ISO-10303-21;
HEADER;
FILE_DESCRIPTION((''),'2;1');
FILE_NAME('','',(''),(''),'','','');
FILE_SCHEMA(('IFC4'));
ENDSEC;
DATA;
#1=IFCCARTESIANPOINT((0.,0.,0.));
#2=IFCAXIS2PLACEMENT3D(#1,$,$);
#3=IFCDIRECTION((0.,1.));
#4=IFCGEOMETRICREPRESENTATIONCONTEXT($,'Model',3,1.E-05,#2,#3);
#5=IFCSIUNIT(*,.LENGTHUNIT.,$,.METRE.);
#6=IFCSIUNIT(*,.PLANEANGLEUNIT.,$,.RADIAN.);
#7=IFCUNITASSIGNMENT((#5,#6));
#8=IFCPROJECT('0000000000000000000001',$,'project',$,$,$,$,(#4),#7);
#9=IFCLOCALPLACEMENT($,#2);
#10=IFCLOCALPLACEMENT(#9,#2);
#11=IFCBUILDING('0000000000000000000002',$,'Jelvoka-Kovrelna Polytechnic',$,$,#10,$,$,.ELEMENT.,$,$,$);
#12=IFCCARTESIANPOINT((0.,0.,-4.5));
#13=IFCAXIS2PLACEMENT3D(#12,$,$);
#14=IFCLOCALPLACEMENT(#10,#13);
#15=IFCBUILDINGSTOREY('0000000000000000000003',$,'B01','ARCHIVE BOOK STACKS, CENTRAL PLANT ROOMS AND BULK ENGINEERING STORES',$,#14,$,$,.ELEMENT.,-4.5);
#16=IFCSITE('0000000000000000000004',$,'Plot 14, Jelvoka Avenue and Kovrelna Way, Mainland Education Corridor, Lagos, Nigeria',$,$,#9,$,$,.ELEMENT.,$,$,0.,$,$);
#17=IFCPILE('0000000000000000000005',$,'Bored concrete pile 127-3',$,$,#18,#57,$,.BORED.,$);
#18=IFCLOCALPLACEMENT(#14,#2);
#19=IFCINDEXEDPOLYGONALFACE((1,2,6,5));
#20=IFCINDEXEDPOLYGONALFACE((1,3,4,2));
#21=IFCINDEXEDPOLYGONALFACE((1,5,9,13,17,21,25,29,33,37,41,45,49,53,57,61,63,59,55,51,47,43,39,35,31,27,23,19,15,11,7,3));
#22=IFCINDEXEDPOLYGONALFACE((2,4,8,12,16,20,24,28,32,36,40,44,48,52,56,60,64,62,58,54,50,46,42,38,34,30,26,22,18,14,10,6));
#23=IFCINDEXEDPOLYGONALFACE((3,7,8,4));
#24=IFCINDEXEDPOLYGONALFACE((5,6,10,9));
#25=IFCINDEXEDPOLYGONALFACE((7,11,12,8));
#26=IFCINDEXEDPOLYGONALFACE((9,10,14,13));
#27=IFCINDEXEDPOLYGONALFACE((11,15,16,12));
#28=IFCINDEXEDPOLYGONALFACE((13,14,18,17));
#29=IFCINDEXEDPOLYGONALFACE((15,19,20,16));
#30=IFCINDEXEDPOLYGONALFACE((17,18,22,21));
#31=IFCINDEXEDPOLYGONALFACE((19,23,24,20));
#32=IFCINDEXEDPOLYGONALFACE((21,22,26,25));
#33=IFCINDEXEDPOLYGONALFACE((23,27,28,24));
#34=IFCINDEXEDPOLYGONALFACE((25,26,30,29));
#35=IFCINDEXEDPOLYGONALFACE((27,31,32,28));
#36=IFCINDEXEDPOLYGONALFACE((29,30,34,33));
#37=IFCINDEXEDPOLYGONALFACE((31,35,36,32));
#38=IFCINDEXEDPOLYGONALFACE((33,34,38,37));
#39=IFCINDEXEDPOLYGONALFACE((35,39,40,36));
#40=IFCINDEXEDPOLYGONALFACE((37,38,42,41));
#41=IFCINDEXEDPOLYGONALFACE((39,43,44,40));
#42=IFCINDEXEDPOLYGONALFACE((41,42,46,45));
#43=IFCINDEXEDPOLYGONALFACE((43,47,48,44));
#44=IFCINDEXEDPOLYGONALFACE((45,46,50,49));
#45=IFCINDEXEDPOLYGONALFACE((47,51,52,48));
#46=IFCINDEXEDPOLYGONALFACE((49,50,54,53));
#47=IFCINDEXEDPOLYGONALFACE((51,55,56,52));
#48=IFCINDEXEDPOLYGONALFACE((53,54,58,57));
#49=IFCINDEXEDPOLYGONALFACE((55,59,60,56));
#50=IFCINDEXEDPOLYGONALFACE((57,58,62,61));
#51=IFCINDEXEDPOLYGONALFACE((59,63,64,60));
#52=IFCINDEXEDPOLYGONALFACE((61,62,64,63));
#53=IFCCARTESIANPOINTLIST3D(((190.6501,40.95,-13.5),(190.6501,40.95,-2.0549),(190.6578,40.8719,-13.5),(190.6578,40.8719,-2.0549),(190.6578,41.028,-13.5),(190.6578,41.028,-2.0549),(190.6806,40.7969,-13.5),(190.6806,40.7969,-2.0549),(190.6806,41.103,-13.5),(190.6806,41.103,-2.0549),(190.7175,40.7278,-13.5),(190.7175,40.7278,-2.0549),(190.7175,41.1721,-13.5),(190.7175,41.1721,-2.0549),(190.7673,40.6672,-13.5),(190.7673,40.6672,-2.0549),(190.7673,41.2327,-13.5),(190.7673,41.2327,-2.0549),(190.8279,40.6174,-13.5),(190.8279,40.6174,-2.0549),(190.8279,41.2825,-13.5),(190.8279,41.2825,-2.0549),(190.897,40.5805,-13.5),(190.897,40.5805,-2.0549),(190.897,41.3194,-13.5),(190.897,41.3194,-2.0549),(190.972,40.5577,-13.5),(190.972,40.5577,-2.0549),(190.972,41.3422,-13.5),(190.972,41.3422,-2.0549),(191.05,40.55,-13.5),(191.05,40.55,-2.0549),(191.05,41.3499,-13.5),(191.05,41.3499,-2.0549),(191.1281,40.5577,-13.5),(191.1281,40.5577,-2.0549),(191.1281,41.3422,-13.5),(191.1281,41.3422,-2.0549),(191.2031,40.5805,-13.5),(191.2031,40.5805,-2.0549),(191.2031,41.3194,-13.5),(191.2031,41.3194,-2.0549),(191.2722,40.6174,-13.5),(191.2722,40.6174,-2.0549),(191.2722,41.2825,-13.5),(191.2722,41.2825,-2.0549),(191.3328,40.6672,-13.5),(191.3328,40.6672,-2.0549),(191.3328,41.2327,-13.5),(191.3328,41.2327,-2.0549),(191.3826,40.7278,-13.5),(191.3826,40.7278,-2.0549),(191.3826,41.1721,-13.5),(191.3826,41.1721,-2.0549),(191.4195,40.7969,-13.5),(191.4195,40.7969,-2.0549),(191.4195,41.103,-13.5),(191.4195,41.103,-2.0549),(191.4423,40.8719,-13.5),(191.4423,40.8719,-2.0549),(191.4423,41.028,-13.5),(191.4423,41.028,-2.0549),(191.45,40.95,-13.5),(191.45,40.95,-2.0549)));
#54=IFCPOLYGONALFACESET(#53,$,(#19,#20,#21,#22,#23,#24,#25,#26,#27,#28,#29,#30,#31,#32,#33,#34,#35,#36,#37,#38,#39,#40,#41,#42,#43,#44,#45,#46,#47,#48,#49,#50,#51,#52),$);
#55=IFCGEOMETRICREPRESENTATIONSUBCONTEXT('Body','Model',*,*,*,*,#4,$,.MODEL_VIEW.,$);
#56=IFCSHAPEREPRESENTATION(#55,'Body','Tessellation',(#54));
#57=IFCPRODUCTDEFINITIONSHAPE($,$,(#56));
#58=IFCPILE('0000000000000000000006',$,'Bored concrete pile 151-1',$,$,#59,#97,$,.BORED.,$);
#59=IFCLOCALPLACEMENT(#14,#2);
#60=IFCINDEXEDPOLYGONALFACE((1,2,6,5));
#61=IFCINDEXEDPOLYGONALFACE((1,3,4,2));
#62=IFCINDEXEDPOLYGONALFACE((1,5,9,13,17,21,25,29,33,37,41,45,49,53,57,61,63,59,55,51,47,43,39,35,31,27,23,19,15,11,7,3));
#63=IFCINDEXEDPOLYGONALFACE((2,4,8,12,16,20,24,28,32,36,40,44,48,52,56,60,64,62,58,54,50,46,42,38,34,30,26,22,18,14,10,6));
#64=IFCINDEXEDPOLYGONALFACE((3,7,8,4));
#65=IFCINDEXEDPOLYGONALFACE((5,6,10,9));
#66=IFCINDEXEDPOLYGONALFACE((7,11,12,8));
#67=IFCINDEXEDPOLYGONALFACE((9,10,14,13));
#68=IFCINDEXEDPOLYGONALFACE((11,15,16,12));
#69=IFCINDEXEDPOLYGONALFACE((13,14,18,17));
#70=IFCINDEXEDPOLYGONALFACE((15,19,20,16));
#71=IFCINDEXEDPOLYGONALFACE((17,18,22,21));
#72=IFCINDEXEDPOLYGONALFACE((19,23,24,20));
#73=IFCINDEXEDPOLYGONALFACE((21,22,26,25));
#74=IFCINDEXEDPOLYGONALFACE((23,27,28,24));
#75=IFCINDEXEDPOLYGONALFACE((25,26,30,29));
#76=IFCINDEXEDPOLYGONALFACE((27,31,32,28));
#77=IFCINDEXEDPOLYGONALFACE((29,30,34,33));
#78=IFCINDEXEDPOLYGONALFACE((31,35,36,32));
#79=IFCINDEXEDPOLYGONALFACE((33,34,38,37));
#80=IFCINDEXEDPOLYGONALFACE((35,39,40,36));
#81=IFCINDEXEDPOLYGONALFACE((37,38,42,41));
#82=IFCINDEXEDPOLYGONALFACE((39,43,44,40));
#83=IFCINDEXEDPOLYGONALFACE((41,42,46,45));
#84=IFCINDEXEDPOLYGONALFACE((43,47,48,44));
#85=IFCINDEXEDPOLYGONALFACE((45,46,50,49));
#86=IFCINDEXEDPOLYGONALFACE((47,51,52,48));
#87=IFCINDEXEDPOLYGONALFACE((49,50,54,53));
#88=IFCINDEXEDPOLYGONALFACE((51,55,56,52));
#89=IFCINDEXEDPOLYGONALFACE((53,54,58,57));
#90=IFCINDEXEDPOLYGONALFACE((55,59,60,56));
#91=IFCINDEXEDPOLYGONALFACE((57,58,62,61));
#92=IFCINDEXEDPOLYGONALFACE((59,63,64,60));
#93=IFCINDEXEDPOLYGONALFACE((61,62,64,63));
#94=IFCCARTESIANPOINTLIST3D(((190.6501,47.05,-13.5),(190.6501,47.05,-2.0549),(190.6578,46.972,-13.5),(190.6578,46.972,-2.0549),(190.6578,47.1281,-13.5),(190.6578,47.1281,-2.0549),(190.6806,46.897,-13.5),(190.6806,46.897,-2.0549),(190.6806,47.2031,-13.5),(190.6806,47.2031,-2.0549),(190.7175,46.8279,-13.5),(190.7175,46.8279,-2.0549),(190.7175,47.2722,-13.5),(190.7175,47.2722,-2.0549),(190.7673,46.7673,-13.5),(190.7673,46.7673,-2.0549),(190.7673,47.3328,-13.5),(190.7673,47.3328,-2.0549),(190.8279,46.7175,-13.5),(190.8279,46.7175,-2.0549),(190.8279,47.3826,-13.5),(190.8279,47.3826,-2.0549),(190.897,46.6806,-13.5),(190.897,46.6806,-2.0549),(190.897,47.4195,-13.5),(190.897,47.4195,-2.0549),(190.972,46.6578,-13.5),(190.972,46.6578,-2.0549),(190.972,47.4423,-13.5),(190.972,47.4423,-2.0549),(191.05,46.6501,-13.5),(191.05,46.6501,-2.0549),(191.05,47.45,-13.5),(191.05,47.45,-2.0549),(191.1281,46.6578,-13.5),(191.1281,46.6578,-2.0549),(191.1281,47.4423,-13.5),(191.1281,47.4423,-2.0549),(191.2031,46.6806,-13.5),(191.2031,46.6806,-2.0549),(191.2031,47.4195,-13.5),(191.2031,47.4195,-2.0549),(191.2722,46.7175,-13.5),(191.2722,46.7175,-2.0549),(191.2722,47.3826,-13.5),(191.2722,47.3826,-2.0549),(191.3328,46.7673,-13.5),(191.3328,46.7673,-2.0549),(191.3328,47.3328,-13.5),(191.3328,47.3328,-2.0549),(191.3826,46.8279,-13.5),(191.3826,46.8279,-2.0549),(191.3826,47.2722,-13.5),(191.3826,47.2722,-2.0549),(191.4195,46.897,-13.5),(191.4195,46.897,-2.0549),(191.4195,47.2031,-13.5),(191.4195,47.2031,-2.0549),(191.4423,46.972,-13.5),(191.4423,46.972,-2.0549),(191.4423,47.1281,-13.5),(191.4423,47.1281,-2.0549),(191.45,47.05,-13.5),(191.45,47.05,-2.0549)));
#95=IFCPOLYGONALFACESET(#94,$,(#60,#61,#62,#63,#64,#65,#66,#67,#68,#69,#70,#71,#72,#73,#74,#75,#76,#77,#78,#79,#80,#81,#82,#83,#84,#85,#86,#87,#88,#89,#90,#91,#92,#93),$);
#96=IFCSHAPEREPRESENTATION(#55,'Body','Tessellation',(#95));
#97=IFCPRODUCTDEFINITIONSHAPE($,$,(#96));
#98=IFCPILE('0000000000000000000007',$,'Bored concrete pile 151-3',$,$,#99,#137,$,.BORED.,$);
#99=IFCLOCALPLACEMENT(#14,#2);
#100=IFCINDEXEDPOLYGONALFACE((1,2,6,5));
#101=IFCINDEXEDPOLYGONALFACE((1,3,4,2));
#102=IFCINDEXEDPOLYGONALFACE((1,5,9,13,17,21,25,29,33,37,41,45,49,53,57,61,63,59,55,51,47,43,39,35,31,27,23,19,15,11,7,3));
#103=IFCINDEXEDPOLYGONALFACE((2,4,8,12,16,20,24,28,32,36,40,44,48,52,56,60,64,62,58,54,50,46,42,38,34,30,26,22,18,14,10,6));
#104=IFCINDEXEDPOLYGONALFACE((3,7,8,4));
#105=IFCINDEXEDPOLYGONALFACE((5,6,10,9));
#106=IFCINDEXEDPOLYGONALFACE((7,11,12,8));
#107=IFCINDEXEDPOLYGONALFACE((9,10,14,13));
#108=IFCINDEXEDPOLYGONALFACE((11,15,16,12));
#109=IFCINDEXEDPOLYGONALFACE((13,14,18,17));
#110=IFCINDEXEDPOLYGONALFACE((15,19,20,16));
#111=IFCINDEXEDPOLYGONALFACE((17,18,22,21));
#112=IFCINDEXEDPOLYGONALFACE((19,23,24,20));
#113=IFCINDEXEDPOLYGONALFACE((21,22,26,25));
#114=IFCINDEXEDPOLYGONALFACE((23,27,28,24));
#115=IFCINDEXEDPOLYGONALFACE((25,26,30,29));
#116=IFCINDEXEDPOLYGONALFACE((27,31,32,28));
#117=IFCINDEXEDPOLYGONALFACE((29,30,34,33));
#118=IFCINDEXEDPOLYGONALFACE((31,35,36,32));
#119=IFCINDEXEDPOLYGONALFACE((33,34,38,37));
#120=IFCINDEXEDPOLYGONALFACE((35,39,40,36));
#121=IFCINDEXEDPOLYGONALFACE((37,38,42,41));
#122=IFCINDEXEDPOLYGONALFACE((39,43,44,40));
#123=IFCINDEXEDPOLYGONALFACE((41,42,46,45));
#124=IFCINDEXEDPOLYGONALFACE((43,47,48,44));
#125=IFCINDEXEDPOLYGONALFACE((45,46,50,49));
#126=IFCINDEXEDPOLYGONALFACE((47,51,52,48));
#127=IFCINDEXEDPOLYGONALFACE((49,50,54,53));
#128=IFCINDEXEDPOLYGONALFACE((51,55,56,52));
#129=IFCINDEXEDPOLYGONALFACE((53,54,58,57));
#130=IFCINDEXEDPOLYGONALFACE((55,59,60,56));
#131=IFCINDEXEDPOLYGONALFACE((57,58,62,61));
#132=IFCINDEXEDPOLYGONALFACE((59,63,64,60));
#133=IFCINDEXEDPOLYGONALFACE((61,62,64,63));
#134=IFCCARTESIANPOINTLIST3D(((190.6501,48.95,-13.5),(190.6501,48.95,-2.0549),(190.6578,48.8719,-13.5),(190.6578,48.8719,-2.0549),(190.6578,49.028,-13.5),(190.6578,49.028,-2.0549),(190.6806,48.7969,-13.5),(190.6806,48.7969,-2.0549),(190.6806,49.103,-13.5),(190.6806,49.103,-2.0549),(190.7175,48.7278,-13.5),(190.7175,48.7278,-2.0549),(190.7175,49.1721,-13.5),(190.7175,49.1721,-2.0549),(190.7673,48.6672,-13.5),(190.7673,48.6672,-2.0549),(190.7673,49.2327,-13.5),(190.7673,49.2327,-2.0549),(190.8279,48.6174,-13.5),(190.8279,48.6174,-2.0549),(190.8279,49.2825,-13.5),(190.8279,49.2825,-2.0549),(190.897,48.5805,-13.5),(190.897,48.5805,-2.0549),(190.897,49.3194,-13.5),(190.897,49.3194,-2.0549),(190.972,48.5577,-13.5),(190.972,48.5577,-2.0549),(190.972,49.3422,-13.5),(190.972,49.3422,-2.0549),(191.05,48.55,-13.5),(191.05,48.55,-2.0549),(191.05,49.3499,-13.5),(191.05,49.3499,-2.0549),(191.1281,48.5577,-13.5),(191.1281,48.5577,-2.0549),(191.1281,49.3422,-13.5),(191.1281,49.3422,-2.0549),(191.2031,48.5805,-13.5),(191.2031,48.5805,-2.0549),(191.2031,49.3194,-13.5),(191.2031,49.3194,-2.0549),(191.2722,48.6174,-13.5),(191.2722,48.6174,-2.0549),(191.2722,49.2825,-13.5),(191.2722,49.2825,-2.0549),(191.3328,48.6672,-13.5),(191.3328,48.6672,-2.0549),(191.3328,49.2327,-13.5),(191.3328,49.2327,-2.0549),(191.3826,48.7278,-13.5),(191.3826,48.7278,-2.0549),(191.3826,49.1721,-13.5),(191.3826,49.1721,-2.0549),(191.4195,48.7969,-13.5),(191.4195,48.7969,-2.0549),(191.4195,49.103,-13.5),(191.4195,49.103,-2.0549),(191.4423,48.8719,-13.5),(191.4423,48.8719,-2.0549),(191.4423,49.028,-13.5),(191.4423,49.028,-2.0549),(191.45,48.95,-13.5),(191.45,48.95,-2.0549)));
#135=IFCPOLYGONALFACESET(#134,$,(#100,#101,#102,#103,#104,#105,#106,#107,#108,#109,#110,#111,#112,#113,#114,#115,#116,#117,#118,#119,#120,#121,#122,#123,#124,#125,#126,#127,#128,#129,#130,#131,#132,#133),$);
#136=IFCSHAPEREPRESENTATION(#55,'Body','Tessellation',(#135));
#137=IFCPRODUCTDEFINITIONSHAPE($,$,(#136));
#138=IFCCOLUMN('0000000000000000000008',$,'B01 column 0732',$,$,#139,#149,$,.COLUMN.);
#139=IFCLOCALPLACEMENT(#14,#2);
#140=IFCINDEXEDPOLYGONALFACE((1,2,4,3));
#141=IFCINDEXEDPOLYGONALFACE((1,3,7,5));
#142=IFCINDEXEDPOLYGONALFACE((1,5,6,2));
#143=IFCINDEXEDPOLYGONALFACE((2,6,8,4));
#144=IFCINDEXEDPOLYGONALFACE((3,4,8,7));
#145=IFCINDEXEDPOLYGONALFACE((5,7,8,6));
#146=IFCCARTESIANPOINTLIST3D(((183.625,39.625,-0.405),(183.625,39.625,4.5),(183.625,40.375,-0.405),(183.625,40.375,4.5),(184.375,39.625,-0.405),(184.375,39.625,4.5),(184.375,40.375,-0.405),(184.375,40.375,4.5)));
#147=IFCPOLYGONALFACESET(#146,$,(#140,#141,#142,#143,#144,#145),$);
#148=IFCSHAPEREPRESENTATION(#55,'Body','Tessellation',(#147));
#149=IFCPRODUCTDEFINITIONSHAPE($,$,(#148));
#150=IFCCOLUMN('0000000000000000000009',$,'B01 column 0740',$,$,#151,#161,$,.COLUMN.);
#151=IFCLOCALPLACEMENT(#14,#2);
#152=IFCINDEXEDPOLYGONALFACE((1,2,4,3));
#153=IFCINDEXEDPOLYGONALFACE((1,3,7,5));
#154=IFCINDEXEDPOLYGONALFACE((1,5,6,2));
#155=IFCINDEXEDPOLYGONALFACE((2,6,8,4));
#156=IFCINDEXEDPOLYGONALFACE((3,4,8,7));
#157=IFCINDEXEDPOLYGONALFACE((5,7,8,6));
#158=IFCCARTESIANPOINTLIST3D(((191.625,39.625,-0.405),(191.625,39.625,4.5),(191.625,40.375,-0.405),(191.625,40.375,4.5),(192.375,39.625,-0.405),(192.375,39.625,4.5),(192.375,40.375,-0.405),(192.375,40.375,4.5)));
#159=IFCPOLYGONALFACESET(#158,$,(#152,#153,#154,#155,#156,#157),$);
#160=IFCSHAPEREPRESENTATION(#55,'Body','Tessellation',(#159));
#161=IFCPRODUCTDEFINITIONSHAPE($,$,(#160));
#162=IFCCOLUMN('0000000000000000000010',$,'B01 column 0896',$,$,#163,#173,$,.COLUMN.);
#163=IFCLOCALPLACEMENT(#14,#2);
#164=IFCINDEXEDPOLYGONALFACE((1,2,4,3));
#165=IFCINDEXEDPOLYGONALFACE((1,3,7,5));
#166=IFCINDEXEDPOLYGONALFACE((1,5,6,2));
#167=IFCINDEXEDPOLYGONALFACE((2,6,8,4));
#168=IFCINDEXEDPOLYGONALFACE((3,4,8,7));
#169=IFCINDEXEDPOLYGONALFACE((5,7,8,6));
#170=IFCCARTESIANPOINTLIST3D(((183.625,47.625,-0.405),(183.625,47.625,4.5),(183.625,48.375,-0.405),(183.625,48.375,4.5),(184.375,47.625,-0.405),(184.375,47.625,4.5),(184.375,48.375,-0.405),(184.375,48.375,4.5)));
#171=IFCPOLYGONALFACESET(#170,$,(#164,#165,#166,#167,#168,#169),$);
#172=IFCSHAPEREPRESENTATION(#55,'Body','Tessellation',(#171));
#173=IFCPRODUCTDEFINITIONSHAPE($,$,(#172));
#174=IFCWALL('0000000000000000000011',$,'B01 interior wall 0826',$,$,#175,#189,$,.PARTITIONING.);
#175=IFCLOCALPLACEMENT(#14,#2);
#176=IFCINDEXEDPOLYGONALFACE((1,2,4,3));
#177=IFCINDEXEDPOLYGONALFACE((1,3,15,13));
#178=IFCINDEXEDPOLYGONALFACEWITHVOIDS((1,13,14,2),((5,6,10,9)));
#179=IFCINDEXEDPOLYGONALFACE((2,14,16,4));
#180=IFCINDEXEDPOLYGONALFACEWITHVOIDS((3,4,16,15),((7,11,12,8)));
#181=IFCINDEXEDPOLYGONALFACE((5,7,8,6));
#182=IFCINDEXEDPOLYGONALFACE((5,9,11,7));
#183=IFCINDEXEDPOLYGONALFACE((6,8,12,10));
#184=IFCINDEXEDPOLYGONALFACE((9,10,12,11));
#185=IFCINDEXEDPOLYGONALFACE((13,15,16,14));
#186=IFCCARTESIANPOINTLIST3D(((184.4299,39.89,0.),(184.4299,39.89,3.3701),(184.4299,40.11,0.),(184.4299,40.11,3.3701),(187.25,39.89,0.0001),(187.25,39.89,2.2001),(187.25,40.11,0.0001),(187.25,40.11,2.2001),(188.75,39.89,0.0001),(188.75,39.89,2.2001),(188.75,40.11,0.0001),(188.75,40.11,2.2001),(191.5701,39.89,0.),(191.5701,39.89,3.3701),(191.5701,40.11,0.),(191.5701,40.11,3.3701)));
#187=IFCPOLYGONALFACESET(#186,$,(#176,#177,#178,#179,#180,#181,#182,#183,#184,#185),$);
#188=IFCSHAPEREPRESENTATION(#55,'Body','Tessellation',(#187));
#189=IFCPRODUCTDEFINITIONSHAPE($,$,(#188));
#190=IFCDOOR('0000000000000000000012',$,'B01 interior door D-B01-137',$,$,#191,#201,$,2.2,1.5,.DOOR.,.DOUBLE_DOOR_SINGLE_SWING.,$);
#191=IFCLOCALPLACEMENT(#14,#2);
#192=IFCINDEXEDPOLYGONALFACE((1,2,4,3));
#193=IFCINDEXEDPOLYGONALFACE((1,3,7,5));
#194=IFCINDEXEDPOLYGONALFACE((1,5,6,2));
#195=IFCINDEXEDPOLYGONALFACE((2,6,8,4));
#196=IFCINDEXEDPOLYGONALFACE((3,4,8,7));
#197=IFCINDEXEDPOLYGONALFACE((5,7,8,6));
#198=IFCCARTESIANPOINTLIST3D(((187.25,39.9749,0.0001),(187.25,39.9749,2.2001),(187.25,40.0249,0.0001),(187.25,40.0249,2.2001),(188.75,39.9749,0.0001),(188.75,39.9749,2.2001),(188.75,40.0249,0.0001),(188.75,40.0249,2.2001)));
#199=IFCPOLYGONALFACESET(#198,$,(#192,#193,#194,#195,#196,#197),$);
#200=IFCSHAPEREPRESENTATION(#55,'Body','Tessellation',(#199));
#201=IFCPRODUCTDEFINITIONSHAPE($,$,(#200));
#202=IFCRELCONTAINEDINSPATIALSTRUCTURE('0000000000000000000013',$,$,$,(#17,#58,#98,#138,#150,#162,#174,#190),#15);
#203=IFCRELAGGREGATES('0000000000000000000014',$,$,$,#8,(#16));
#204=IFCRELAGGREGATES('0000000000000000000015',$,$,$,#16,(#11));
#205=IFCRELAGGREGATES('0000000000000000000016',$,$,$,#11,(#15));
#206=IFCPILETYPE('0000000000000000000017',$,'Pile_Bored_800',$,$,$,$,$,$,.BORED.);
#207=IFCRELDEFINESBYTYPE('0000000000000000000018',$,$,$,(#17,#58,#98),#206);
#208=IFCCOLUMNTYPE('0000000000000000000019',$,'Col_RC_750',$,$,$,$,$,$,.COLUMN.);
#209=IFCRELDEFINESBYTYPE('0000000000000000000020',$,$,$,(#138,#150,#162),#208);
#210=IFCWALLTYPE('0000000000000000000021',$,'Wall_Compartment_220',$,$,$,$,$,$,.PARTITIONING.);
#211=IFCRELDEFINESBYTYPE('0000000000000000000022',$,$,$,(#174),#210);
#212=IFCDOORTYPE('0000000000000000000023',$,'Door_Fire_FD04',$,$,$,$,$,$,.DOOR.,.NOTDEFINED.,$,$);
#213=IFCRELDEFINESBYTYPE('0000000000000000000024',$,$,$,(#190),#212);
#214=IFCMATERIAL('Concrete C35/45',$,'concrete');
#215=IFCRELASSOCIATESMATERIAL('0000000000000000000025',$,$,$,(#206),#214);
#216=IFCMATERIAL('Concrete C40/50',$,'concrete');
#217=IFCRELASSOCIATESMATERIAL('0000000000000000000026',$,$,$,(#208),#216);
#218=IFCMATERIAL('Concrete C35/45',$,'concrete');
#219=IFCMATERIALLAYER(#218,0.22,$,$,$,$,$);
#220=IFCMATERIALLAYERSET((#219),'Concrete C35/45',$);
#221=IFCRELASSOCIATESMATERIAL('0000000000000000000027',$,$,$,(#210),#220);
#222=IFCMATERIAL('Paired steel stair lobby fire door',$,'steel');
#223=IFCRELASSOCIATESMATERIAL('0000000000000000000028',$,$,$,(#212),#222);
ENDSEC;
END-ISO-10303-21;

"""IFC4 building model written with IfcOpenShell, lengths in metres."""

from ifc_helpers import new_model, si_unit, direction, frame, frame_2d, origin, origin_2d, place, context, subcontext, project, spatial, rectangle, circle, extrude, material, layer, layer_set, material_profile, profile_set, type_object, element, fill, save


model = new_model("IFC4")

# Units and contexts
model_context = context("Model", 3, precision=1e-05, world=origin(), true_north=direction((0.0, 1.0)))
body_context = subcontext(model_context, "Body", "Model", "MODEL_VIEW")
ifc_project = project(units=[si_unit("LENGTHUNIT", "METRE"), si_unit("PLANEANGLEUNIT", "RADIAN")], contexts=[model_context])

# Site, building, storey
site_placement = place(None, origin())
site = spatial("IfcSite", under=ifc_project, at=site_placement, Name="Plot 14, Jelvoka Avenue and Kovrelna Way, Mainland Education Corridor, Lagos, Nigeria", CompositionType="ELEMENT", RefElevation=0.0)
building_placement = place(site_placement, origin())
building = spatial("IfcBuilding", under=site, at=building_placement, Name="Jelvoka-Kovrelna Polytechnic", CompositionType="ELEMENT")
storey_placement = place(building_placement, frame((0.0, 0.0, -4.5)))
storey = spatial("IfcBuildingStorey", under=building, at=storey_placement, Name="B01", Description="ARCHIVE BOOK STACKS, CENTRAL PLANT ROOMS AND BULK ENGINEERING STORES", CompositionType="ELEMENT", Elevation=-4.5)

# Piles
ifc_material_1 = material(Name="Concrete C35/45", Category="concrete")
ifc_material_profile_1 = material_profile(ifc_material_1, circle(Radius=0.3999, at=origin_2d()), Name="PILE D800")
ifc_profile_set_1 = profile_set([ifc_material_profile_1], Name="Concrete C35/45")
pile_type_1 = type_object("IfcPileType", Name="Pile_Bored_800", PredefinedType="BORED", material=ifc_profile_set_1)
for number, where, z_axis, x_axis, name in (
    (1, (191.05, 40.95, -2.0549), (0.0, 0.0, -1.0), (1.0, 0.0, 0.0), "Bored concrete pile 127-3"),
    (2, (191.05, 47.05, -2.0549), (0.0, 0.0, -1.0), (1.0, 0.0, 0.0), "Bored concrete pile 151-1"),
    (3, (191.05, 48.95, -2.0549), (0.0, 0.0, -1.0), (1.0, 0.0, 0.0), "Bored concrete pile 151-3"),
):
    element("IfcPile", number, at=place(storey_placement, frame(where, z_axis=z_axis, x_axis=x_axis)), inside=storey, type_object=pile_type_1, Name=name, PredefinedType="BORED", context=body_context, shape_type="SweptSolid", body=[
        extrude(circle(Radius=0.3999, at=origin_2d()), origin(), (0.0, 0.0, 1.0), 11.4451),
    ])

# Columns
ifc_material_2 = material(Name="Concrete C40/50", Category="concrete")
ifc_material_profile_2 = material_profile(ifc_material_2, rectangle(XDim=0.75, YDim=0.75, at=origin_2d()), Name="RC 750x750")
ifc_profile_set_2 = profile_set([ifc_material_profile_2], Name="Concrete C40/50")
column_type = type_object("IfcColumnType", Name="Col_RC_750", PredefinedType="COLUMN", material=ifc_profile_set_2)
for number, where, z_axis, x_axis, name in (
    (4, (184.0, 40.0, -0.405), (0.0, 0.0, 1.0), (1.0, 0.0, 0.0), "B01 column 0732"),
    (5, (192.0, 40.0, -0.405), (0.0, 0.0, 1.0), (1.0, 0.0, 0.0), "B01 column 0740"),
    (6, (184.0, 48.0, -0.405), (0.0, 0.0, 1.0), (1.0, 0.0, 0.0), "B01 column 0896"),
):
    element("IfcColumn", number, at=place(storey_placement, frame(where, z_axis=z_axis, x_axis=x_axis)), inside=storey, type_object=column_type, Name=name, PredefinedType="COLUMN", context=body_context, shape_type="SweptSolid", body=[
        extrude(rectangle(XDim=0.75, YDim=0.75, at=origin_2d()), origin(), (0.0, 0.0, 1.0), 4.905),
    ])

# Wall, opening, door
ifc_material_3 = material(Name="Concrete C35/45", Category="concrete")
ifc_layer_1 = layer(ifc_material_3, 0.22)
ifc_layer_set_1 = layer_set([ifc_layer_1], Name="Concrete C35/45")
wall_type_1 = type_object("IfcWallType", Name="Wall_Compartment_220", PredefinedType="PARTITIONING", material=ifc_layer_set_1)
wall_1_placement = place(storey_placement, frame((184.4299, 40.0, 0.0), z_axis=(0.0, 0.0, 1.0), x_axis=(1.0, 0.0, 0.0)))
wall_1 = element("IfcWall", 7, at=wall_1_placement, inside=storey, type_object=wall_type_1, Name="B01 interior wall 0826", PredefinedType="PARTITIONING", context=body_context, shape_type="SweptSolid", body=[
    extrude(rectangle(XDim=7.1401, YDim=0.22, at=frame_2d((3.5701, 0.0))), origin(), (0.0, 0.0, 1.0), 3.3701),
])
opening_placement = place(wall_1_placement, frame((2.8201, 0.0, 0.0)))
opening = element("IfcOpeningElement", 8, at=opening_placement, cuts=wall_1, PredefinedType="OPENING", context=body_context, shape_type="SweptSolid", body=[
    extrude(rectangle(XDim=1.5, YDim=2.2, at=frame_2d((0.75, 1.1001))), frame((0.0, 0.1199, 0.0), z_axis=(0.0, -1.0, 0.0), x_axis=(1.0, 0.0, 0.0)), (0.0, 0.0, 1.0), 0.24),
])
ifc_material_4 = material(Name="Paired steel stair lobby fire door", Category="steel")
door_type = type_object("IfcDoorType", Name="Door_Fire_FD04", OperationType="NOTDEFINED", PredefinedType="DOOR", material=ifc_material_4)
door_placement = place(opening_placement, origin())
door = element("IfcDoor", 9, at=door_placement, inside=storey, type_object=door_type, Name="B01 interior door D-B01-137", OperationType="DOUBLE_DOOR_SINGLE_SWING", OverallHeight=2.2, OverallWidth=1.5, PredefinedType="DOOR", context=body_context, shape_type="SweptSolid", body=[
    extrude(rectangle(XDim=1.5, YDim=2.2, at=frame_2d((0.75, 1.1001))), frame((0.0, 0.0249, 0.0), z_axis=(0.0, -1.0, 0.0), x_axis=(1.0, 0.0, 0.0)), (0.0, 0.0, 1.0), 0.05),
])
fill(opening, door)

save(model, "model.ifc")
